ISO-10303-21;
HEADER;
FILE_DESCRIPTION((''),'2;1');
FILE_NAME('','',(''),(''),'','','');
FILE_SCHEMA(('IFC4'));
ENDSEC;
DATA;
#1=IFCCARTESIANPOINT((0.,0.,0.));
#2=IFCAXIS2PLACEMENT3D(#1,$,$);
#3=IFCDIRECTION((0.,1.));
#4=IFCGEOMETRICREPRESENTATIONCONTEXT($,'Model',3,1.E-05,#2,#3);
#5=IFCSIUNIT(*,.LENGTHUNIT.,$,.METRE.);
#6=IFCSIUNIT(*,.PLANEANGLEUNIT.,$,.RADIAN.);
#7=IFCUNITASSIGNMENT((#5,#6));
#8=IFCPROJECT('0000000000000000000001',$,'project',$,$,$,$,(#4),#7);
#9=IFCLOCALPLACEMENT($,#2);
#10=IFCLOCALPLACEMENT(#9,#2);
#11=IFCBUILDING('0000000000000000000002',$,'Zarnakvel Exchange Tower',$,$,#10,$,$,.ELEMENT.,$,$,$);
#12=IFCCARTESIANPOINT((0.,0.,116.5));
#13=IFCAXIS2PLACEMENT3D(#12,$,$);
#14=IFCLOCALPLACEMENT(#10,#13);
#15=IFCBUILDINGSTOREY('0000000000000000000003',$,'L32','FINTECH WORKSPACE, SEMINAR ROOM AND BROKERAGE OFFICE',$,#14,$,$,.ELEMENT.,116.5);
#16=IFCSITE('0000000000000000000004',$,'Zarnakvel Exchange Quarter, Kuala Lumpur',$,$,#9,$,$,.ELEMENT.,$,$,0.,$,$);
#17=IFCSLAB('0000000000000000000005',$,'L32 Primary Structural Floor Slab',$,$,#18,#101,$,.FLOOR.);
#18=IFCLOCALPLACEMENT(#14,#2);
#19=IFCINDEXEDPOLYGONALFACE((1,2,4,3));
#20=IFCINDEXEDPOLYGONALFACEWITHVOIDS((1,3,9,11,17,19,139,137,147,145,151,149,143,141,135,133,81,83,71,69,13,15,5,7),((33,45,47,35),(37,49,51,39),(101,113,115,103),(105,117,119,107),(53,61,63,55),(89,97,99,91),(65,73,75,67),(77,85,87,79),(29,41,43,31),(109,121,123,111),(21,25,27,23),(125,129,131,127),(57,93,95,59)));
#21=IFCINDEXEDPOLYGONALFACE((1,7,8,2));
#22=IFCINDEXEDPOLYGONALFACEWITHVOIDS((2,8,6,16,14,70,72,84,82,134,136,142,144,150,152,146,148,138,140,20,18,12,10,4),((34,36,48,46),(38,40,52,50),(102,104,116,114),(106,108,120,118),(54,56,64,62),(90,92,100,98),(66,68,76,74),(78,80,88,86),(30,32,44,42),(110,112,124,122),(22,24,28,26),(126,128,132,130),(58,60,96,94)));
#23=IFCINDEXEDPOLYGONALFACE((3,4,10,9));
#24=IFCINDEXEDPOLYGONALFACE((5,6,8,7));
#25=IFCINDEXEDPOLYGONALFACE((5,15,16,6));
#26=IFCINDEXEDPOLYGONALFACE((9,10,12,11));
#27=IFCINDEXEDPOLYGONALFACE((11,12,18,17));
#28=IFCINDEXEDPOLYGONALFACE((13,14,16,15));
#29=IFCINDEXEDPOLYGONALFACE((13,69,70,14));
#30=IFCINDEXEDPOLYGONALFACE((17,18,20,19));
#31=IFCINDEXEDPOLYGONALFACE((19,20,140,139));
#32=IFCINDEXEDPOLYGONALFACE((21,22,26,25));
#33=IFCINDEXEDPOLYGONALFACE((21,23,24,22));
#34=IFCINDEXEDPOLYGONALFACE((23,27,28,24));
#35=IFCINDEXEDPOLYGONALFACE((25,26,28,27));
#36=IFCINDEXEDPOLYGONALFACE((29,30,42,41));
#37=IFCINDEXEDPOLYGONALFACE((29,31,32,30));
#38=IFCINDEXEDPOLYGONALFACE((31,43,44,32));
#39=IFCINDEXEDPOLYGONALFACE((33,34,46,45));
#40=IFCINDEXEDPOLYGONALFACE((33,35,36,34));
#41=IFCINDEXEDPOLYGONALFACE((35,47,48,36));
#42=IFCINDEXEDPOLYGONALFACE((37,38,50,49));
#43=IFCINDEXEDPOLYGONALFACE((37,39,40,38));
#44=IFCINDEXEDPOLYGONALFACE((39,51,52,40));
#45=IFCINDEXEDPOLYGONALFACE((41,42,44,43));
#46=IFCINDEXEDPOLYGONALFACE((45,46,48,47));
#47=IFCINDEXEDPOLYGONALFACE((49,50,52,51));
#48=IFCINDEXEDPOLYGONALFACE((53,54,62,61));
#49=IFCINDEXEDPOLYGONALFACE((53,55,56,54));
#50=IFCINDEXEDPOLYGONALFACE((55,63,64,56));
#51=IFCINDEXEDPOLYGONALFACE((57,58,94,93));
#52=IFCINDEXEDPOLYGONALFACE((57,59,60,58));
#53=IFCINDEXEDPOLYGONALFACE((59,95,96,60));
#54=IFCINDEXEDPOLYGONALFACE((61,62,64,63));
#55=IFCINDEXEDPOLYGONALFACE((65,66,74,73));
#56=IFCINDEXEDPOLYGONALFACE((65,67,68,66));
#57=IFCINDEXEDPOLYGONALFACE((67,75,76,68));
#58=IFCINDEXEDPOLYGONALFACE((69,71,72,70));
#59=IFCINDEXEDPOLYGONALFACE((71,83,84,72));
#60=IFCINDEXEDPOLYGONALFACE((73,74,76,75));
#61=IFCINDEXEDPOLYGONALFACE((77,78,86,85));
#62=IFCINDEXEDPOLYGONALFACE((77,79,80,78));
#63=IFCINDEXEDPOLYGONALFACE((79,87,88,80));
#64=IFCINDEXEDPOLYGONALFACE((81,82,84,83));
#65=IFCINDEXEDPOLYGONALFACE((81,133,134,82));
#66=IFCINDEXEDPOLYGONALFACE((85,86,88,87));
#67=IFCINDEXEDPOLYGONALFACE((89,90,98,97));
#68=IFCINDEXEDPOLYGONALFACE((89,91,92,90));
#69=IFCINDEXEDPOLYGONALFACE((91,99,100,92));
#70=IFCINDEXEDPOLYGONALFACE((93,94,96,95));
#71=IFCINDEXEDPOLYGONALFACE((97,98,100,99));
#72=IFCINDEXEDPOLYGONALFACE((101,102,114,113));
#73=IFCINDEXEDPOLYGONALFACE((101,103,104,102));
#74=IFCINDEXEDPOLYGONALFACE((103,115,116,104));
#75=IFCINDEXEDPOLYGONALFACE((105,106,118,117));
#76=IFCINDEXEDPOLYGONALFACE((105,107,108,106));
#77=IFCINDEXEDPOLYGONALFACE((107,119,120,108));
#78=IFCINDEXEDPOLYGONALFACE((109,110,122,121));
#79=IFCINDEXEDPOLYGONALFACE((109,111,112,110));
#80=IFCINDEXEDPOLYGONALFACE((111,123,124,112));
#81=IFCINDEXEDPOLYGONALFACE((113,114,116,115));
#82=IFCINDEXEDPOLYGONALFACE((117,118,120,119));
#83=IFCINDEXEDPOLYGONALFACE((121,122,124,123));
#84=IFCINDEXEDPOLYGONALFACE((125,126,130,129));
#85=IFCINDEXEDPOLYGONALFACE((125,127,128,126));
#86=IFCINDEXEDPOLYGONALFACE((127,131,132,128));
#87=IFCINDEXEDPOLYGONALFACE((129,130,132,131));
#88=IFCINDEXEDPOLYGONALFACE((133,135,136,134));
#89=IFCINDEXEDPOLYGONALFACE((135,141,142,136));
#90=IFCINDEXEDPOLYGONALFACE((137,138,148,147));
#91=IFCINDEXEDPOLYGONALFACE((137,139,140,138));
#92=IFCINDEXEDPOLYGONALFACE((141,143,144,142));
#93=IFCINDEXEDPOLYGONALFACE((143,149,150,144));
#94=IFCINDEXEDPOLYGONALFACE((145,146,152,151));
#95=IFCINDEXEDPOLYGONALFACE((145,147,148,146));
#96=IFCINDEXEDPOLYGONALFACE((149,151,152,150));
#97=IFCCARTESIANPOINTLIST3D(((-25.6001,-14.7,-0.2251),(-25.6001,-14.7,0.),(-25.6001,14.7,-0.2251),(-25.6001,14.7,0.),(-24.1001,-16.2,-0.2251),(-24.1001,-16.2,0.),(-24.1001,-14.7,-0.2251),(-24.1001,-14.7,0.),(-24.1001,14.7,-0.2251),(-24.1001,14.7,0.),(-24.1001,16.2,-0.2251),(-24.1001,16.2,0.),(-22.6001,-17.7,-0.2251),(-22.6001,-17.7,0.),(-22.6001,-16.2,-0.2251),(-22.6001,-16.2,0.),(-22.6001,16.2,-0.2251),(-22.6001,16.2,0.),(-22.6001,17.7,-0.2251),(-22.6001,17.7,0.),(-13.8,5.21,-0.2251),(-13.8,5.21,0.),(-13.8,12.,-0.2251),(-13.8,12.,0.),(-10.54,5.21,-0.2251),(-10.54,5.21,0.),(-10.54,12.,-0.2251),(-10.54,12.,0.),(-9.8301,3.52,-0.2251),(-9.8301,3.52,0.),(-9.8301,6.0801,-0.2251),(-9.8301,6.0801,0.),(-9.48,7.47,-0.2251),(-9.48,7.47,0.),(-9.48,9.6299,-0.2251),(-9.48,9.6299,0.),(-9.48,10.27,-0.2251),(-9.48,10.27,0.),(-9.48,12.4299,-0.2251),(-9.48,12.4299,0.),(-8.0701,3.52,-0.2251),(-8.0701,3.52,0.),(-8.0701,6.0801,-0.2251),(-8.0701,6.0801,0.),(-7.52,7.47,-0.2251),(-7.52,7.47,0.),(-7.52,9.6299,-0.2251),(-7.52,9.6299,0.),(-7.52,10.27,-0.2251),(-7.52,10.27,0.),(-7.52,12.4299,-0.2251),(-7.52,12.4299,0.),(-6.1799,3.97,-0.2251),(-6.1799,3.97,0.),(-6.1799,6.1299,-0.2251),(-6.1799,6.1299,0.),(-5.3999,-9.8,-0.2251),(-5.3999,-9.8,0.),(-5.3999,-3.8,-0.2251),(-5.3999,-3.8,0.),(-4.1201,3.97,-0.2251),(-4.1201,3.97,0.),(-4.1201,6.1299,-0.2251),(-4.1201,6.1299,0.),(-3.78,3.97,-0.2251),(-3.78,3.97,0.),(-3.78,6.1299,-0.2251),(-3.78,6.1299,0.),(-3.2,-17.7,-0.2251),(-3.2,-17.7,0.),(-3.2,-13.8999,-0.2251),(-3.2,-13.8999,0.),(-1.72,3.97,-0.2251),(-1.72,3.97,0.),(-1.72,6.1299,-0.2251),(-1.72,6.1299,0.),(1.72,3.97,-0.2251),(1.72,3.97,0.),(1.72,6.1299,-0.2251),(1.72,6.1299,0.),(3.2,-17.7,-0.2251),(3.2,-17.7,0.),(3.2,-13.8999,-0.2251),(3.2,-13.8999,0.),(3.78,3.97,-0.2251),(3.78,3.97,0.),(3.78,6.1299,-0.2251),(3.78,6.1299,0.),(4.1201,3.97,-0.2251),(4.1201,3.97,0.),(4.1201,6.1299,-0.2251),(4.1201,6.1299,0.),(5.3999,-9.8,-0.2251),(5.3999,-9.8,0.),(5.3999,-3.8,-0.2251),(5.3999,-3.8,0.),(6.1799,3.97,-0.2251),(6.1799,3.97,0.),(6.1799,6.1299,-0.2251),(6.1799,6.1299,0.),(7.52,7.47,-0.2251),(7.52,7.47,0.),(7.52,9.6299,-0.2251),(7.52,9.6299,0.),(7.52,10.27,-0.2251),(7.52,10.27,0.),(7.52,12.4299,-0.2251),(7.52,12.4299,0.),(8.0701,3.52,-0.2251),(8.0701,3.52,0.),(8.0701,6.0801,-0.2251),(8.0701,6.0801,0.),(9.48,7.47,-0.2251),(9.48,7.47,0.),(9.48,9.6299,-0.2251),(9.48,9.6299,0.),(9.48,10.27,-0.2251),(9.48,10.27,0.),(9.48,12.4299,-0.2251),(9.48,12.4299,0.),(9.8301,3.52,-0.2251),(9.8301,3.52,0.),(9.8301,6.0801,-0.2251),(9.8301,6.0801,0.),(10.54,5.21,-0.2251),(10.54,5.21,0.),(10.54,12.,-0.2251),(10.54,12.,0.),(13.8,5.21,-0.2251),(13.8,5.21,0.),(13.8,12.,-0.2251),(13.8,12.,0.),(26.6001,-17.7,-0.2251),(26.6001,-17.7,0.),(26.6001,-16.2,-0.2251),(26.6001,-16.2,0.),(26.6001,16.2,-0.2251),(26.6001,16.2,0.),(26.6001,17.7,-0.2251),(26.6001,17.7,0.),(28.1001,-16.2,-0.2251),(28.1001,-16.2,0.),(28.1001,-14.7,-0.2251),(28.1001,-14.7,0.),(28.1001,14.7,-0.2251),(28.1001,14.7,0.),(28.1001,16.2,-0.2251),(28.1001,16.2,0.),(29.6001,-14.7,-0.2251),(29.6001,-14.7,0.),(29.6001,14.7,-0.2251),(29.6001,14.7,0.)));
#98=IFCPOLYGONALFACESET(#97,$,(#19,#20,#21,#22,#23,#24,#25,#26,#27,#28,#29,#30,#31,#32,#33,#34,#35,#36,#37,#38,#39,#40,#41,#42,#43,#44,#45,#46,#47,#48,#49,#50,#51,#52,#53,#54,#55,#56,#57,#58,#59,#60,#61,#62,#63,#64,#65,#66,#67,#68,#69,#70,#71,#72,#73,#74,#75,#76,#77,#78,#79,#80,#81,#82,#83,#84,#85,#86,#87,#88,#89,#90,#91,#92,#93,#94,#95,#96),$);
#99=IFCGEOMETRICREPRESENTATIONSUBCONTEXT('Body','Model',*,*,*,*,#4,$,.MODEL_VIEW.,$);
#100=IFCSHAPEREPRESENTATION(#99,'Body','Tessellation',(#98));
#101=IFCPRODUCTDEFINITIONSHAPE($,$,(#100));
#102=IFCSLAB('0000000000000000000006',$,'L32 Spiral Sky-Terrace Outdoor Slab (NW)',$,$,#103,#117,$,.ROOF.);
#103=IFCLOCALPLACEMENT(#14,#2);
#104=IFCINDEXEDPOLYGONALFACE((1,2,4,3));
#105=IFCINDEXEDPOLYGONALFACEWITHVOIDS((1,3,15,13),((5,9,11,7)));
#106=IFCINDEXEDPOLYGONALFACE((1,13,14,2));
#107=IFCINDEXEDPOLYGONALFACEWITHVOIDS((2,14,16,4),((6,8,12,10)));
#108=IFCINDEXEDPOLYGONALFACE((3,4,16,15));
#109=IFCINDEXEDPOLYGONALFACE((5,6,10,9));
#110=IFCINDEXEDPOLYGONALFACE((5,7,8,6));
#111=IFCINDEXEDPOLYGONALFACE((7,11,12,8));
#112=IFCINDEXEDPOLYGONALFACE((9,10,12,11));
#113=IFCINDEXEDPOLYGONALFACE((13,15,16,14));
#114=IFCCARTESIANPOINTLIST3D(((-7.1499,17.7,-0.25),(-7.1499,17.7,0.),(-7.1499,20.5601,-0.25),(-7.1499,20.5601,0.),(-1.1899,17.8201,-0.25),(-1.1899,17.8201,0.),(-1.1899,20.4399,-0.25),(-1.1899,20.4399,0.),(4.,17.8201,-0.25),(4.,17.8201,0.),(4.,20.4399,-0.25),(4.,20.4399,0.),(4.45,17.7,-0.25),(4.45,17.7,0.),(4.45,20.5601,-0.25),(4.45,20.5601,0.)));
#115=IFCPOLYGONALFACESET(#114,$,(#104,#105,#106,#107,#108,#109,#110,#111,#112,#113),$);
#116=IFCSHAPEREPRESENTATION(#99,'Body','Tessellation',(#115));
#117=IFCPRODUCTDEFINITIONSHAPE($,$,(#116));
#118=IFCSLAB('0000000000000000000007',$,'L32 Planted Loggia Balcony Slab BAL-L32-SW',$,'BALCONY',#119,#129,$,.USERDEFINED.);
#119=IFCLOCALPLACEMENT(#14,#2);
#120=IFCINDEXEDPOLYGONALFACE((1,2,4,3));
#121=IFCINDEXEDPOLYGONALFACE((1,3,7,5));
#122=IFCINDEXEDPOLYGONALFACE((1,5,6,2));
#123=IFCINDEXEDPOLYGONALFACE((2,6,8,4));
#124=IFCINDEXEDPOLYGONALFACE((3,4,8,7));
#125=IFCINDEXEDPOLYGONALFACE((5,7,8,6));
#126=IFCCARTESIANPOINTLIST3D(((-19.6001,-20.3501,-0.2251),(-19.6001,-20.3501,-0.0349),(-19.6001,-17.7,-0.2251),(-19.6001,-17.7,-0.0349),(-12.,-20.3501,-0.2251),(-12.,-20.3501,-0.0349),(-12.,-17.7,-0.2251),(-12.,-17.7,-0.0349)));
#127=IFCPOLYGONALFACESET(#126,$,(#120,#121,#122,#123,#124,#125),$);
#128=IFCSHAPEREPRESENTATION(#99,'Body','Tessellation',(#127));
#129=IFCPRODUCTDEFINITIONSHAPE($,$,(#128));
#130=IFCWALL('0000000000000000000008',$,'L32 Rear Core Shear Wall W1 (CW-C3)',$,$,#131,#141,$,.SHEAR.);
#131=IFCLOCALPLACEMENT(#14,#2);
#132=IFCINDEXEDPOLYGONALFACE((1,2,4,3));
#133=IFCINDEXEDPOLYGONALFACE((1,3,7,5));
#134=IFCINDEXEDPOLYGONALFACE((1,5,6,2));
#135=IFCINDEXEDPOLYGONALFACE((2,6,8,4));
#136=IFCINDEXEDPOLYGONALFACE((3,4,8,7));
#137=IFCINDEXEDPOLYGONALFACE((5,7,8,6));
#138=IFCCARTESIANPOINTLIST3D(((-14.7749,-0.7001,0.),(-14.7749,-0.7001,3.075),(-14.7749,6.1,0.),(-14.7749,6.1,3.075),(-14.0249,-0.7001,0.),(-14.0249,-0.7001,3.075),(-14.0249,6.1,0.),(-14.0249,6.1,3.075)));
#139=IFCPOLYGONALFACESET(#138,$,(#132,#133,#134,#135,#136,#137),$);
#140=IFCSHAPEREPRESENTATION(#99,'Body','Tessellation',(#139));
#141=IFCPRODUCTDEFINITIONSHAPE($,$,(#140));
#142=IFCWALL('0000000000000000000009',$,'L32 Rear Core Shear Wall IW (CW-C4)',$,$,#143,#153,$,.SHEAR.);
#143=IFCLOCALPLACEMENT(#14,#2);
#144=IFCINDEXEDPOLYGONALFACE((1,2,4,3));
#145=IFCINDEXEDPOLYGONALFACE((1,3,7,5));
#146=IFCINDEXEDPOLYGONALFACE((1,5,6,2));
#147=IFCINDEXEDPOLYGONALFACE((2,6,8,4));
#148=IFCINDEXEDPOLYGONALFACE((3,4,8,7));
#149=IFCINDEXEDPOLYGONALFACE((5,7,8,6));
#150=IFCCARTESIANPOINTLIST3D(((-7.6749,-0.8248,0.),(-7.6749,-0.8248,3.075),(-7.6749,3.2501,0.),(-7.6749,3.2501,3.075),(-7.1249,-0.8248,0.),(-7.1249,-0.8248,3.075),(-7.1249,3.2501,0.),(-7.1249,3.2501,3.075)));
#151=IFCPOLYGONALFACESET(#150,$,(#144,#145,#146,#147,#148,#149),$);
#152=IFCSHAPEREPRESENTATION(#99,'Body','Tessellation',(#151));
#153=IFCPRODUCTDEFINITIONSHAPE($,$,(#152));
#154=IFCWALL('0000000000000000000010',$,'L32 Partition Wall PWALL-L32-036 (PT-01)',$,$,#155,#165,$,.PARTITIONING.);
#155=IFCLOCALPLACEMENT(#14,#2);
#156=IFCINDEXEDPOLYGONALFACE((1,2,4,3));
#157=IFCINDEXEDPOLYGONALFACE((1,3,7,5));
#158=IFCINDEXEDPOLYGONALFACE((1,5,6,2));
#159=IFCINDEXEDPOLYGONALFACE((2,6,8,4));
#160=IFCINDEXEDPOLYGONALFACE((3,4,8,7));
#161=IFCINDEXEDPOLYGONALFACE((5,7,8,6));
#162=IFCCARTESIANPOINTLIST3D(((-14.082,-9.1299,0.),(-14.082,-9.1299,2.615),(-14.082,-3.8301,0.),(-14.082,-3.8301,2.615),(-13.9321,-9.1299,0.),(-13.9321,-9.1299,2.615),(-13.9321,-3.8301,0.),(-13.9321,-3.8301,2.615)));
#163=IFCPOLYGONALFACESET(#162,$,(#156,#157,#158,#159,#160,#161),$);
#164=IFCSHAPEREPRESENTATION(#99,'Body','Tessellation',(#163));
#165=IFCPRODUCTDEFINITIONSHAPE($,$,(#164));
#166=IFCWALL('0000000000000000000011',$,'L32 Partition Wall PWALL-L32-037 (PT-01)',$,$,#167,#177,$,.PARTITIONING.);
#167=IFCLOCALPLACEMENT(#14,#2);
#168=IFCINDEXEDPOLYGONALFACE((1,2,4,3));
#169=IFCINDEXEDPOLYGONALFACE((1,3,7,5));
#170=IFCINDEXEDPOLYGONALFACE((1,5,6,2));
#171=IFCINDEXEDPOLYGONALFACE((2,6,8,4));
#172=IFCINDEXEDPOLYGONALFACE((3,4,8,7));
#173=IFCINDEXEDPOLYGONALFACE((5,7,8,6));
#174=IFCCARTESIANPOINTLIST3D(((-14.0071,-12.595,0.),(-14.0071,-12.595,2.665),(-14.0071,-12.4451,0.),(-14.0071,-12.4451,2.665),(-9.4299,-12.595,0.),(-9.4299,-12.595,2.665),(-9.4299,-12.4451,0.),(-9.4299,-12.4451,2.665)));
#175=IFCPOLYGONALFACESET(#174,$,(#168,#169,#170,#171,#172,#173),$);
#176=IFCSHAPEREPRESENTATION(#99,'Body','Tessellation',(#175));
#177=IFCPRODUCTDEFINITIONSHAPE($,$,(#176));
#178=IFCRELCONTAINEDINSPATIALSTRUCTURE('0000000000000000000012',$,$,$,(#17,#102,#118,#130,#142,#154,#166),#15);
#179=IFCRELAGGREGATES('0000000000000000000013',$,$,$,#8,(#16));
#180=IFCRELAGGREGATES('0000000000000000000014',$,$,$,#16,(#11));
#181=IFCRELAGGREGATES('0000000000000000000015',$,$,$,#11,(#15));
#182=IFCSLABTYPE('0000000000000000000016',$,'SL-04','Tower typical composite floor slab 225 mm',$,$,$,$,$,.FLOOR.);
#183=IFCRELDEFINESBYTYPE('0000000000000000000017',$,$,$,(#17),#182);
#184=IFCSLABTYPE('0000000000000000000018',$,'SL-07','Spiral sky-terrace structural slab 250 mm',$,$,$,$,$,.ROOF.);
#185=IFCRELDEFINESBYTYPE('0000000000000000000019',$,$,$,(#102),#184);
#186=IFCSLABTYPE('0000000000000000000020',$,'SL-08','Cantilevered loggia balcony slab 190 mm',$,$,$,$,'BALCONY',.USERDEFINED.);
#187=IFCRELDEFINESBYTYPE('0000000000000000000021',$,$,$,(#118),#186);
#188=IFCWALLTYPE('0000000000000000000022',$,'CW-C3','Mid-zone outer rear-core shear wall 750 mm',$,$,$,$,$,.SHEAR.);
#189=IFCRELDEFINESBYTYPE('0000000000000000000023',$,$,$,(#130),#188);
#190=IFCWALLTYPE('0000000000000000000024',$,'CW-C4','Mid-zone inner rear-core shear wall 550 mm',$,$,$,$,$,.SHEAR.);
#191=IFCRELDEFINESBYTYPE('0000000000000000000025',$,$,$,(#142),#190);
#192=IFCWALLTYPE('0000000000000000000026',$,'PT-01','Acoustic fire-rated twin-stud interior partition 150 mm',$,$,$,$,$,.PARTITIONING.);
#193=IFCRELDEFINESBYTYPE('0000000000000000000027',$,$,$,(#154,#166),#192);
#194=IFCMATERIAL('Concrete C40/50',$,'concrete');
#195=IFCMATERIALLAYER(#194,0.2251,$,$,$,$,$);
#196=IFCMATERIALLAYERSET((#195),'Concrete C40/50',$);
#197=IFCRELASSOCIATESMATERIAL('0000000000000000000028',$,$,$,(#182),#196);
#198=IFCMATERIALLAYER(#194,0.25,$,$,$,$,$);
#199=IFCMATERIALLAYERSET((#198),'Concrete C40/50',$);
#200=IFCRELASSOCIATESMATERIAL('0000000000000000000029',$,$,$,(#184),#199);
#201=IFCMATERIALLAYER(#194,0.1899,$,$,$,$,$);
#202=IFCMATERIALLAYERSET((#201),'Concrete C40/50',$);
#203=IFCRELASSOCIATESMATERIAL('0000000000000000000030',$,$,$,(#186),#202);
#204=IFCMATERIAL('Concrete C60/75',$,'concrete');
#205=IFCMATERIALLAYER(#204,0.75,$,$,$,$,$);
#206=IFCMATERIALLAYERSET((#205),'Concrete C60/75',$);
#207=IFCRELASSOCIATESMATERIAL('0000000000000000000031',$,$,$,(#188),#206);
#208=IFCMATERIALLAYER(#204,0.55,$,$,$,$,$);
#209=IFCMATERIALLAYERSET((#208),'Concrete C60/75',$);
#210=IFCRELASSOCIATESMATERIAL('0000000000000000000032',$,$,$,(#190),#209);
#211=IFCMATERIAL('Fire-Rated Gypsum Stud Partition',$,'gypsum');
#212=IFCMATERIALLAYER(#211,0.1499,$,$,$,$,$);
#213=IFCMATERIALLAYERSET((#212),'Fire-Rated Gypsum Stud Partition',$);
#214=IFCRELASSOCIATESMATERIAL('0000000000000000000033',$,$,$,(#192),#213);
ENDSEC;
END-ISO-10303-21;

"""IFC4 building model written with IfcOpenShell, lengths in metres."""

from ifc_helpers import new_model, si_unit, direction, frame, frame_2d, origin, place, context, subcontext, project, spatial, polyline, rectangle, outline, extrude, material, layer, layer_set, type_object, element, save


model = new_model("IFC4")

# Units and contexts
model_context = context("Model", 3, precision=1e-05, world=origin(), true_north=direction((0.0, 1.0)))
body_context = subcontext(model_context, "Body", "Model", "MODEL_VIEW")
ifc_project = project(units=[si_unit("LENGTHUNIT", "METRE"), si_unit("PLANEANGLEUNIT", "RADIAN")], contexts=[model_context])

# Site, building, storey
site_placement = place(None, origin())
site = spatial("IfcSite", under=ifc_project, at=site_placement, Name="Zarnakvel Exchange Quarter, Kuala Lumpur", CompositionType="ELEMENT", RefElevation=0.0)
building_placement = place(site_placement, origin())
building = spatial("IfcBuilding", under=site, at=building_placement, Name="Zarnakvel Exchange Tower", CompositionType="ELEMENT")
storey_placement = place(building_placement, frame((0.0, 0.0, 116.5)))
storey = spatial("IfcBuildingStorey", under=building, at=storey_placement, Name="L32", Description="FINTECH WORKSPACE, SEMINAR ROOM AND BROKERAGE OFFICE", CompositionType="ELEMENT", Elevation=116.5)

# Shared definitions
ifc_material_1 = material(Name="Concrete C60/75", Category="concrete")

# Slabs
ifc_material_2 = material(Name="Concrete C40/50", Category="concrete")
ifc_layer_1 = layer(ifc_material_2, 0.2251)
ifc_layer_set_1 = layer_set([ifc_layer_1], Name="Concrete C40/50")
slab_type_1 = type_object("IfcSlabType", Name="SL-04", Description="Tower typical composite floor slab 225 mm", PredefinedType="FLOOR", material=ifc_layer_set_1)
slab_1_placement = place(storey_placement, frame((0.0, 0.0, -0.2251)))
element("IfcSlab", 1, at=slab_1_placement, inside=storey, type_object=slab_type_1, Name="L32 Primary Structural Floor Slab", PredefinedType="FLOOR", context=body_context, shape_type="SweptSolid", body=[
    extrude(outline(polyline([(-25.6001, -14.7), (-24.1001, -14.7), (-24.1001, -16.2), (-22.6001, -16.2), (-22.6001, -17.7), (-3.2, -17.7), (-3.2, -13.8999), (3.2, -13.8999), (3.2, -17.7), (26.6001, -17.7), (26.6001, -16.2), (28.1001, -16.2), (28.1001, -14.7), (29.6001, -14.7), (29.6001, 14.7), (28.1001, 14.7), (28.1001, 16.2), (26.6001, 16.2), (26.6001, 17.7), (-22.6001, 17.7), (-22.6001, 16.2), (-24.1001, 16.2), (-24.1001, 14.7), (-25.6001, 14.7), (-25.6001, -14.7)]), holes=[polyline([(-5.3999, -9.8), (5.3999, -9.8), (5.3999, -3.8), (-5.3999, -3.8), (-5.3999, -9.8)]), polyline([(-13.8, 5.21), (-10.54, 5.21), (-10.54, 12.0), (-13.8, 12.0), (-13.8, 5.21)]), polyline([(10.54, 5.21), (13.8, 5.21), (13.8, 12.0), (10.54, 12.0), (10.54, 5.21)]), polyline([(-9.8301, 3.52), (-8.0701, 3.52), (-8.0701, 6.0801), (-9.8301, 6.0801), (-9.8301, 3.52)]), polyline([(8.0701, 3.52), (9.8301, 3.52), (9.8301, 6.0801), (8.0701, 6.0801), (8.0701, 3.52)]), polyline([(-6.1799, 3.97), (-4.1201, 3.97), (-4.1201, 6.1299), (-6.1799, 6.1299), (-6.1799, 3.97)]), polyline([(-3.78, 3.97), (-1.72, 3.97), (-1.72, 6.1299), (-3.78, 6.1299), (-3.78, 3.97)]), polyline([(1.72, 3.97), (3.78, 3.97), (3.78, 6.1299), (1.72, 6.1299), (1.72, 3.97)]), polyline([(4.1201, 3.97), (6.1799, 3.97), (6.1799, 6.1299), (4.1201, 6.1299), (4.1201, 3.97)]), polyline([(-9.48, 7.47), (-7.52, 7.47), (-7.52, 9.6299), (-9.48, 9.6299), (-9.48, 7.47)]), polyline([(-9.48, 10.27), (-7.52, 10.27), (-7.52, 12.4299), (-9.48, 12.4299), (-9.48, 10.27)]), polyline([(7.52, 7.47), (9.48, 7.47), (9.48, 9.6299), (7.52, 9.6299), (7.52, 7.47)]), polyline([(7.52, 10.27), (9.48, 10.27), (9.48, 12.4299), (7.52, 12.4299), (7.52, 10.27)])]), origin(), (0.0, 0.0, 1.0), 0.2251),
])
ifc_layer_2 = layer(ifc_material_2, 0.25)
ifc_layer_set_2 = layer_set([ifc_layer_2], Name="Concrete C40/50")
slab_type_2 = type_object("IfcSlabType", Name="SL-07", Description="Spiral sky-terrace structural slab 250 mm", PredefinedType="ROOF", material=ifc_layer_set_2)
slab_2_placement = place(storey_placement, frame((0.0, 0.0, -0.25)))
element("IfcSlab", 2, at=slab_2_placement, inside=storey, type_object=slab_type_2, Name="L32 Spiral Sky-Terrace Outdoor Slab (NW)", PredefinedType="ROOF", context=body_context, shape_type="SweptSolid", body=[
    extrude(outline(polyline([(-7.1499, 17.7), (4.45, 17.7), (4.45, 20.5601), (-7.1499, 20.5601), (-7.1499, 17.7)]), holes=[polyline([(-1.1899, 17.8201), (4.0, 17.8201), (4.0, 20.4399), (-1.1899, 20.4399), (-1.1899, 17.8201)])]), origin(), (0.0, 0.0, 1.0), 0.25),
])
ifc_layer_3 = layer(ifc_material_2, 0.1899)
ifc_layer_set_3 = layer_set([ifc_layer_3], Name="Concrete C40/50")
slab_type_3 = type_object("IfcSlabType", Name="SL-08", Description="Cantilevered loggia balcony slab 190 mm", ElementType="BALCONY", PredefinedType="USERDEFINED", material=ifc_layer_set_3)
slab_3_placement = place(storey_placement, frame((0.0, 0.0, -0.2251)))
element("IfcSlab", 3, at=slab_3_placement, inside=storey, type_object=slab_type_3, Name="L32 Planted Loggia Balcony Slab BAL-L32-SW", ObjectType="BALCONY", PredefinedType="USERDEFINED", context=body_context, shape_type="SweptSolid", body=[
    extrude(outline(polyline([(-19.6001, -20.3501), (-12.0, -20.3501), (-12.0, -17.7), (-19.6001, -17.7), (-19.6001, -20.3501)])), origin(), (0.0, 0.0, 1.0), 0.1902),
])

# Wall
ifc_layer_4 = layer(ifc_material_1, 0.75)
ifc_layer_set_4 = layer_set([ifc_layer_4], Name="Concrete C60/75")
wall_type_1 = type_object("IfcWallType", Name="CW-C3", Description="Mid-zone outer rear-core shear wall 750 mm", PredefinedType="SHEAR", material=ifc_layer_set_4)
wall_1_placement = place(storey_placement, frame((-14.3999, -0.7, 0.0), z_axis=(0.0, 0.0, 1.0), x_axis=(0.0, 1.0, 0.0)))
element("IfcWall", 4, at=wall_1_placement, inside=storey, type_object=wall_type_1, Name="L32 Rear Core Shear Wall W1 (CW-C3)", PredefinedType="SHEAR", context=body_context, shape_type="SweptSolid", body=[
    extrude(rectangle(XDim=6.8, YDim=0.75, at=frame_2d((3.3999, 0.0))), origin(), (0.0, 0.0, 1.0), 3.075),
])

# Walls
ifc_layer_5 = layer(ifc_material_1, 0.55)
ifc_layer_set_5 = layer_set([ifc_layer_5], Name="Concrete C60/75")
wall_type_2 = type_object("IfcWallType", Name="CW-C4", Description="Mid-zone inner rear-core shear wall 550 mm", PredefinedType="SHEAR", material=ifc_layer_set_5)
wall_2_placement = place(storey_placement, frame((-7.3999, -0.825, 0.0), z_axis=(0.0, 0.0, 1.0), x_axis=(0.0, 1.0, 0.0)))
element("IfcWall", 5, at=wall_2_placement, inside=storey, type_object=wall_type_2, Name="L32 Rear Core Shear Wall IW (CW-C4)", PredefinedType="SHEAR", context=body_context, shape_type="SweptSolid", body=[
    extrude(rectangle(XDim=4.075, YDim=0.55, at=frame_2d((2.0376, 0.0))), origin(), (0.0, 0.0, 1.0), 3.075),
])
ifc_material_3 = material(Name="Fire-Rated Gypsum Stud Partition", Category="gypsum")
ifc_layer_6 = layer(ifc_material_3, 0.1499)
ifc_layer_set_6 = layer_set([ifc_layer_6], Name="Fire-Rated Gypsum Stud Partition")
wall_type_3 = type_object("IfcWallType", Name="PT-01", Description="Acoustic fire-rated twin-stud interior partition 150 mm", PredefinedType="PARTITIONING", material=ifc_layer_set_6)
wall_3_placement = place(storey_placement, frame((-14.0071, -3.8301, 0.0), z_axis=(0.0, 0.0, 1.0), x_axis=(0.0, -1.0, 0.0)))
element("IfcWall", 6, at=wall_3_placement, inside=storey, type_object=wall_type_3, Name="L32 Partition Wall PWALL-L32-036 (PT-01)", PredefinedType="PARTITIONING", context=body_context, shape_type="SweptSolid", body=[
    extrude(rectangle(XDim=5.2998, YDim=0.1499, at=frame_2d((2.6499, 0.0))), origin(), (0.0, 0.0, 1.0), 2.615),
])
wall_4_placement = place(storey_placement, frame((-9.4299, -12.52, 0.0), z_axis=(0.0, 0.0, 1.0), x_axis=(-1.0, 0.0, 0.0)))
element("IfcWall", 7, at=wall_4_placement, inside=storey, type_object=wall_type_3, Name="L32 Partition Wall PWALL-L32-037 (PT-01)", PredefinedType="PARTITIONING", context=body_context, shape_type="SweptSolid", body=[
    extrude(rectangle(XDim=4.5771, YDim=0.1499, at=frame_2d((2.2886, 0.0))), origin(), (0.0, 0.0, 1.0), 2.665),
])

save(model, "model.ifc")
